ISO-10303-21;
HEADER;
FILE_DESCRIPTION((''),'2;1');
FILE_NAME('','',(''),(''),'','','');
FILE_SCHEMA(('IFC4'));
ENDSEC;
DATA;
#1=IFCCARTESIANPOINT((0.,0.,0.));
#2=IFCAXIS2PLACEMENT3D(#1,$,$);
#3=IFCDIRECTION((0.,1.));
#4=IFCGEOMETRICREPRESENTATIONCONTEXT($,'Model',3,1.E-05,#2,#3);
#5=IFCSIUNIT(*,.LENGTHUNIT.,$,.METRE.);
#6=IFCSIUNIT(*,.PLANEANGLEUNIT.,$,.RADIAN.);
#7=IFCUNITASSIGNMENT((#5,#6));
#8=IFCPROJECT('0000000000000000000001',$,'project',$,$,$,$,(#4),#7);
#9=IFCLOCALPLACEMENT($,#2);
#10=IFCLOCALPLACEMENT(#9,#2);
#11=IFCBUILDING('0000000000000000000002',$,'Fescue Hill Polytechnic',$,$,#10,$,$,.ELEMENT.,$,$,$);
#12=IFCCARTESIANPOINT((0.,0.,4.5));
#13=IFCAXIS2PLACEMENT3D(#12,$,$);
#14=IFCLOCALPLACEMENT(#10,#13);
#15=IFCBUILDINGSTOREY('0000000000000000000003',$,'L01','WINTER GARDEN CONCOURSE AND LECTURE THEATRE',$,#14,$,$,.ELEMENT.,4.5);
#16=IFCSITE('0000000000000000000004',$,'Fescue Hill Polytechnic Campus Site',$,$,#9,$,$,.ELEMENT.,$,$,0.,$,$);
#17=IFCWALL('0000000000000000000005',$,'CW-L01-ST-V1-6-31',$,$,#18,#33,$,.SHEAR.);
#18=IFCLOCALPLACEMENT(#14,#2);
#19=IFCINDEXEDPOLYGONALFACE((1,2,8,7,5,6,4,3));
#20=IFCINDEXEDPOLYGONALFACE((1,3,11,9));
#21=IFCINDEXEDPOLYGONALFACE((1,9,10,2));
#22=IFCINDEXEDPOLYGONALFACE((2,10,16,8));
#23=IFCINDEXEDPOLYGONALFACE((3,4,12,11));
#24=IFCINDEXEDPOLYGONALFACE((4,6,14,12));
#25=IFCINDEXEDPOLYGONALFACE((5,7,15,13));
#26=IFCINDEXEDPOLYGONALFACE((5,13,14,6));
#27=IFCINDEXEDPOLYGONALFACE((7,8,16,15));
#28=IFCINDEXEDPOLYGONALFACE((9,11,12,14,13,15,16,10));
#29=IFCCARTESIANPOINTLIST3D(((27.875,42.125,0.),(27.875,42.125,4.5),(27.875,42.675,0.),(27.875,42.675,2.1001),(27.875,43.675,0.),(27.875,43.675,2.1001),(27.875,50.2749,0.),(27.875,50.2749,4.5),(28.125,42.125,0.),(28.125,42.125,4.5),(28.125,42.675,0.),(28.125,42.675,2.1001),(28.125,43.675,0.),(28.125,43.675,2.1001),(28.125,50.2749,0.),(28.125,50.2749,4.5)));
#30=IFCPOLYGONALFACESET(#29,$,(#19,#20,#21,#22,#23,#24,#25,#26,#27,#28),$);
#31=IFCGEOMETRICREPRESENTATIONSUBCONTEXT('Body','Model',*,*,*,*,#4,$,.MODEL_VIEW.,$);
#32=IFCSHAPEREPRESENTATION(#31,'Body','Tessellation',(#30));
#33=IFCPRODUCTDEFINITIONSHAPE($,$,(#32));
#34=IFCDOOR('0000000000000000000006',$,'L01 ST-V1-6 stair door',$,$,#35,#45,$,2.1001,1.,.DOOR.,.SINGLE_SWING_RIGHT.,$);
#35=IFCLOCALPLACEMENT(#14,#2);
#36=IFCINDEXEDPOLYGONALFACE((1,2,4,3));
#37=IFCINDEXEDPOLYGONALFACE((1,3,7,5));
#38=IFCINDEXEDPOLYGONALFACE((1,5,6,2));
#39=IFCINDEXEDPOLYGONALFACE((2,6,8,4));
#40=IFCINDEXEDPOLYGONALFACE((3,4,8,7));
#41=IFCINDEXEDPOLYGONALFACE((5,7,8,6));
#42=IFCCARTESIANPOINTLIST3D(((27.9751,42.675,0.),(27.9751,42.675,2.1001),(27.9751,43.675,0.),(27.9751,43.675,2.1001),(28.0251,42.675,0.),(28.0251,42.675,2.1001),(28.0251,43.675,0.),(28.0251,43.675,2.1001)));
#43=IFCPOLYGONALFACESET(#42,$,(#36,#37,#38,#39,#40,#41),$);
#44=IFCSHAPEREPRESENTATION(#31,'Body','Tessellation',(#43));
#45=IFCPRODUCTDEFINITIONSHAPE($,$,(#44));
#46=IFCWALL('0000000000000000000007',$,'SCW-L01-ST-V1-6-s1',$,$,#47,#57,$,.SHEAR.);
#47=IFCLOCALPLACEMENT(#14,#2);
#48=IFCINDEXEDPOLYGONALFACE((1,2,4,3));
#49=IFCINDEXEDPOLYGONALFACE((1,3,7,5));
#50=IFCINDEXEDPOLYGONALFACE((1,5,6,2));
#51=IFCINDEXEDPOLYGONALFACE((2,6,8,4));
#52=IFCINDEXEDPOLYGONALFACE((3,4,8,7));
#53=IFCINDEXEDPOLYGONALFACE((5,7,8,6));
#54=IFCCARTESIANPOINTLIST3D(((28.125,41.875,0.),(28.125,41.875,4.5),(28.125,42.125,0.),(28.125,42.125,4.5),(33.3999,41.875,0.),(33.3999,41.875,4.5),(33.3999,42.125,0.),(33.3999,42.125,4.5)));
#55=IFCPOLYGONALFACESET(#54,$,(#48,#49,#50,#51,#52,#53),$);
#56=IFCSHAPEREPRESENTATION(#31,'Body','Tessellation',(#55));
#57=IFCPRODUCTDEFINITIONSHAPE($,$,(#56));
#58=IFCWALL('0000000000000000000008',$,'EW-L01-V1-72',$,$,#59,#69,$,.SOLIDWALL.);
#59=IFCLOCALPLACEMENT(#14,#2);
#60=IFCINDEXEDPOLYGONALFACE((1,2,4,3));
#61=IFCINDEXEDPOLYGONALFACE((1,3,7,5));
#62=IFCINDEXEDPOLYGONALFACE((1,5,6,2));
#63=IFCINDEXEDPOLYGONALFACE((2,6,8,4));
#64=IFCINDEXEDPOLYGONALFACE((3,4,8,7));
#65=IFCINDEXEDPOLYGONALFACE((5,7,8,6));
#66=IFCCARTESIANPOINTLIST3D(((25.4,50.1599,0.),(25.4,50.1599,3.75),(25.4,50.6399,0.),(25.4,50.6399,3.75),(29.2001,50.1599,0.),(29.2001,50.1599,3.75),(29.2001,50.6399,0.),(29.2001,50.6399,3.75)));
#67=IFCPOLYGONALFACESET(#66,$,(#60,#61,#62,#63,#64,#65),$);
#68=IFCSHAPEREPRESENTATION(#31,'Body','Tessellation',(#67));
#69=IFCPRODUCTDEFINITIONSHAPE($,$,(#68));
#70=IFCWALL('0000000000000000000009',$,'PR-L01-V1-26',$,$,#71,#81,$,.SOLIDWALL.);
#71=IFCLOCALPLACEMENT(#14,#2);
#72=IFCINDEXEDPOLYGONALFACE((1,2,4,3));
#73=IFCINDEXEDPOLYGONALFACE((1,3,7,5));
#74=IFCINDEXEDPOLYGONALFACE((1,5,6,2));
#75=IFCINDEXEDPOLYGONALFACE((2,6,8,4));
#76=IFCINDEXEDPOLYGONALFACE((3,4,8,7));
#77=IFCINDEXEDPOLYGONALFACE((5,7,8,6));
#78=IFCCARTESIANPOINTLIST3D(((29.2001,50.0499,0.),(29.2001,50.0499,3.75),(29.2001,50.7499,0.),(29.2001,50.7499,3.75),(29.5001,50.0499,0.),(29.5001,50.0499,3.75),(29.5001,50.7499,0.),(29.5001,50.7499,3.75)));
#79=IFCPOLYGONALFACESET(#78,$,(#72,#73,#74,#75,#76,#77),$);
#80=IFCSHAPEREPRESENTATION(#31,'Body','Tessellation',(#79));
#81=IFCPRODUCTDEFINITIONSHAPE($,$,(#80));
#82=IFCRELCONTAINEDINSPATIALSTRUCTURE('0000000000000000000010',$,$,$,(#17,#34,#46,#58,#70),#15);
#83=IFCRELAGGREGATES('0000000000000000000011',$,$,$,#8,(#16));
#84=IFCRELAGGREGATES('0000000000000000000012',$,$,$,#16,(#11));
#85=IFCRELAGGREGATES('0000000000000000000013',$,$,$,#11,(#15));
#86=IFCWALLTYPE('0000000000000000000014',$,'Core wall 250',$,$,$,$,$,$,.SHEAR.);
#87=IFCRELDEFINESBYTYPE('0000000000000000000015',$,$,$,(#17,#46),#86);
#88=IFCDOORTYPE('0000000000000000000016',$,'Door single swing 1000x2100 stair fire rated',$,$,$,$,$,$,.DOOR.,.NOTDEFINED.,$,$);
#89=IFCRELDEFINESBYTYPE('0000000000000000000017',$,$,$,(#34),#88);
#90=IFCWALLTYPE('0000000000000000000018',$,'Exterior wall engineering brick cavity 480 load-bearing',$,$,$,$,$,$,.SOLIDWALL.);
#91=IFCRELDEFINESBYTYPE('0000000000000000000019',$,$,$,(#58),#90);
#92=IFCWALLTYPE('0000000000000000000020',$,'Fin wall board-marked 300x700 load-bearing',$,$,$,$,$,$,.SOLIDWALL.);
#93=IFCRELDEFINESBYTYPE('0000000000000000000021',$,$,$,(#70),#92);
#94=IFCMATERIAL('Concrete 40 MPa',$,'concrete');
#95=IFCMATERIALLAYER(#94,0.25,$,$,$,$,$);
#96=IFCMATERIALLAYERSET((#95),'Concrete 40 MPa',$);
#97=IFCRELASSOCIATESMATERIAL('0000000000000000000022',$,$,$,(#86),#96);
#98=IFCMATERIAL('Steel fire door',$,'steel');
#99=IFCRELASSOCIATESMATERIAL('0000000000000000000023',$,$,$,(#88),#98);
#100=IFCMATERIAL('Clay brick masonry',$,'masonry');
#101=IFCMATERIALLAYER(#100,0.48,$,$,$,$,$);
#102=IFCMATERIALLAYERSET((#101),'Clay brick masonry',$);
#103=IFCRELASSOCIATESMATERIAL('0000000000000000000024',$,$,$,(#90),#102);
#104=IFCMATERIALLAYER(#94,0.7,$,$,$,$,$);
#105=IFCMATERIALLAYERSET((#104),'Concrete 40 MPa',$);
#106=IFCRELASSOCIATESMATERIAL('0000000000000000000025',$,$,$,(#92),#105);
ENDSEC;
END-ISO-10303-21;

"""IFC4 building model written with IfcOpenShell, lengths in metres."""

from ifc_helpers import new_model, si_unit, direction, frame, frame_2d, origin, place, context, subcontext, project, spatial, rectangle, extrude, material, layer, layer_set, type_object, element, fill, save


model = new_model("IFC4")

# Units and contexts
model_context = context("Model", 3, precision=1e-05, world=origin(), true_north=direction((0.0, 1.0)))
body_context = subcontext(model_context, "Body", "Model", "MODEL_VIEW")
ifc_project = project(units=[si_unit("LENGTHUNIT", "METRE"), si_unit("PLANEANGLEUNIT", "RADIAN")], contexts=[model_context])

# Site, building, storey
site_placement = place(None, origin())
site = spatial("IfcSite", under=ifc_project, at=site_placement, Name="Fescue Hill Polytechnic Campus Site", CompositionType="ELEMENT", RefElevation=0.0)
building_placement = place(site_placement, origin())
building = spatial("IfcBuilding", under=site, at=building_placement, Name="Fescue Hill Polytechnic", CompositionType="ELEMENT")
storey_placement = place(building_placement, frame((0.0, 0.0, 4.5)))
storey = spatial("IfcBuildingStorey", under=building, at=storey_placement, Name="L01", Description="WINTER GARDEN CONCOURSE AND LECTURE THEATRE", CompositionType="ELEMENT", Elevation=4.5)

# Shared definitions
ifc_material_1 = material(Name="Concrete 40 MPa", Category="concrete")

# Wall, opening, door
ifc_layer_1 = layer(ifc_material_1, 0.25)
ifc_layer_set_1 = layer_set([ifc_layer_1], Name="Concrete 40 MPa")
wall_type_1 = type_object("IfcWallType", Name="Core wall 250", PredefinedType="SHEAR", material=ifc_layer_set_1)
wall_1_placement = place(storey_placement, frame((28.0, 42.125, 0.0), z_axis=(0.0, 0.0, 1.0), x_axis=(0.0, 1.0, 0.0)))
wall_1 = element("IfcWall", 1, at=wall_1_placement, inside=storey, type_object=wall_type_1, Name="CW-L01-ST-V1-6-31", PredefinedType="SHEAR", context=body_context, shape_type="SweptSolid", body=[
    extrude(rectangle(XDim=8.1499, YDim=0.25, at=frame_2d((4.075, 0.0))), origin(), (0.0, 0.0, 1.0), 4.5),
])
opening_placement = place(wall_1_placement, frame((0.55, 0.0, 0.0)))
opening = element("IfcOpeningElement", 2, at=opening_placement, cuts=wall_1, PredefinedType="OPENING", context=body_context, shape_type="SweptSolid", body=[
    extrude(rectangle(XDim=1.0, YDim=2.1001, at=frame_2d((0.5, 1.05))), frame((0.0, 0.135, 0.0), z_axis=(0.0, -1.0, 0.0), x_axis=(1.0, 0.0, 0.0)), (0.0, 0.0, 1.0), 0.27),
])
ifc_material_2 = material(Name="Steel fire door", Category="steel")
door_type = type_object("IfcDoorType", Name="Door single swing 1000x2100 stair fire rated", OperationType="NOTDEFINED", PredefinedType="DOOR", material=ifc_material_2)
door_placement = place(opening_placement, origin())
door = element("IfcDoor", 3, at=door_placement, inside=storey, type_object=door_type, Name="L01 ST-V1-6 stair door", OperationType="SINGLE_SWING_RIGHT", OverallHeight=2.1001, OverallWidth=1.0, PredefinedType="DOOR", context=body_context, shape_type="SweptSolid", body=[
    extrude(rectangle(XDim=1.0, YDim=2.1001, at=frame_2d((0.5, 1.05))), frame((0.0, 0.0249, 0.0), z_axis=(0.0, -1.0, 0.0), x_axis=(1.0, 0.0, 0.0)), (0.0, 0.0, 1.0), 0.05),
])
fill(opening, door)

# Walls
wall_2_placement = place(storey_placement, frame((28.125, 42.0, 0.0), z_axis=(0.0, 0.0, 1.0), x_axis=(1.0, 0.0, 0.0)))
element("IfcWall", 4, at=wall_2_placement, inside=storey, type_object=wall_type_1, Name="SCW-L01-ST-V1-6-s1", PredefinedType="SHEAR", context=body_context, shape_type="SweptSolid", body=[
    extrude(rectangle(XDim=5.2749, YDim=0.25, at=frame_2d((2.6375, 0.0))), origin(), (0.0, 0.0, 1.0), 4.5),
])
ifc_material_3 = material(Name="Clay brick masonry", Category="masonry")
ifc_layer_2 = layer(ifc_material_3, 0.48)
ifc_layer_set_2 = layer_set([ifc_layer_2], Name="Clay brick masonry")
wall_type_2 = type_object("IfcWallType", Name="Exterior wall engineering brick cavity 480 load-bearing", PredefinedType="SOLIDWALL", material=ifc_layer_set_2)
wall_3_placement = place(storey_placement, frame((29.2, 50.3999, 0.0), z_axis=(0.0, 0.0, 1.0), x_axis=(-1.0, 0.0, 0.0)))
element("IfcWall", 5, at=wall_3_placement, inside=storey, type_object=wall_type_2, Name="EW-L01-V1-72", PredefinedType="SOLIDWALL", context=body_context, shape_type="SweptSolid", body=[
    extrude(rectangle(XDim=3.8, YDim=0.48, at=frame_2d((1.8999, 0.0))), origin(), (0.0, 0.0, 1.0), 3.75),
])
ifc_layer_3 = layer(ifc_material_1, 0.7)
ifc_layer_set_3 = layer_set([ifc_layer_3], Name="Concrete 40 MPa")
wall_type_3 = type_object("IfcWallType", Name="Fin wall board-marked 300x700 load-bearing", PredefinedType="SOLIDWALL", material=ifc_layer_set_3)
wall_4_placement = place(storey_placement, frame((29.5, 50.3999, 0.0), z_axis=(0.0, 0.0, 1.0), x_axis=(-1.0, 0.0, 0.0)))
element("IfcWall", 6, at=wall_4_placement, inside=storey, type_object=wall_type_3, Name="PR-L01-V1-26", PredefinedType="SOLIDWALL", context=body_context, shape_type="SweptSolid", body=[
    extrude(rectangle(XDim=0.3, YDim=0.7, at=frame_2d((0.1499, 0.0))), origin(), (0.0, 0.0, 1.0), 3.75),
])

save(model, "model.ifc")
